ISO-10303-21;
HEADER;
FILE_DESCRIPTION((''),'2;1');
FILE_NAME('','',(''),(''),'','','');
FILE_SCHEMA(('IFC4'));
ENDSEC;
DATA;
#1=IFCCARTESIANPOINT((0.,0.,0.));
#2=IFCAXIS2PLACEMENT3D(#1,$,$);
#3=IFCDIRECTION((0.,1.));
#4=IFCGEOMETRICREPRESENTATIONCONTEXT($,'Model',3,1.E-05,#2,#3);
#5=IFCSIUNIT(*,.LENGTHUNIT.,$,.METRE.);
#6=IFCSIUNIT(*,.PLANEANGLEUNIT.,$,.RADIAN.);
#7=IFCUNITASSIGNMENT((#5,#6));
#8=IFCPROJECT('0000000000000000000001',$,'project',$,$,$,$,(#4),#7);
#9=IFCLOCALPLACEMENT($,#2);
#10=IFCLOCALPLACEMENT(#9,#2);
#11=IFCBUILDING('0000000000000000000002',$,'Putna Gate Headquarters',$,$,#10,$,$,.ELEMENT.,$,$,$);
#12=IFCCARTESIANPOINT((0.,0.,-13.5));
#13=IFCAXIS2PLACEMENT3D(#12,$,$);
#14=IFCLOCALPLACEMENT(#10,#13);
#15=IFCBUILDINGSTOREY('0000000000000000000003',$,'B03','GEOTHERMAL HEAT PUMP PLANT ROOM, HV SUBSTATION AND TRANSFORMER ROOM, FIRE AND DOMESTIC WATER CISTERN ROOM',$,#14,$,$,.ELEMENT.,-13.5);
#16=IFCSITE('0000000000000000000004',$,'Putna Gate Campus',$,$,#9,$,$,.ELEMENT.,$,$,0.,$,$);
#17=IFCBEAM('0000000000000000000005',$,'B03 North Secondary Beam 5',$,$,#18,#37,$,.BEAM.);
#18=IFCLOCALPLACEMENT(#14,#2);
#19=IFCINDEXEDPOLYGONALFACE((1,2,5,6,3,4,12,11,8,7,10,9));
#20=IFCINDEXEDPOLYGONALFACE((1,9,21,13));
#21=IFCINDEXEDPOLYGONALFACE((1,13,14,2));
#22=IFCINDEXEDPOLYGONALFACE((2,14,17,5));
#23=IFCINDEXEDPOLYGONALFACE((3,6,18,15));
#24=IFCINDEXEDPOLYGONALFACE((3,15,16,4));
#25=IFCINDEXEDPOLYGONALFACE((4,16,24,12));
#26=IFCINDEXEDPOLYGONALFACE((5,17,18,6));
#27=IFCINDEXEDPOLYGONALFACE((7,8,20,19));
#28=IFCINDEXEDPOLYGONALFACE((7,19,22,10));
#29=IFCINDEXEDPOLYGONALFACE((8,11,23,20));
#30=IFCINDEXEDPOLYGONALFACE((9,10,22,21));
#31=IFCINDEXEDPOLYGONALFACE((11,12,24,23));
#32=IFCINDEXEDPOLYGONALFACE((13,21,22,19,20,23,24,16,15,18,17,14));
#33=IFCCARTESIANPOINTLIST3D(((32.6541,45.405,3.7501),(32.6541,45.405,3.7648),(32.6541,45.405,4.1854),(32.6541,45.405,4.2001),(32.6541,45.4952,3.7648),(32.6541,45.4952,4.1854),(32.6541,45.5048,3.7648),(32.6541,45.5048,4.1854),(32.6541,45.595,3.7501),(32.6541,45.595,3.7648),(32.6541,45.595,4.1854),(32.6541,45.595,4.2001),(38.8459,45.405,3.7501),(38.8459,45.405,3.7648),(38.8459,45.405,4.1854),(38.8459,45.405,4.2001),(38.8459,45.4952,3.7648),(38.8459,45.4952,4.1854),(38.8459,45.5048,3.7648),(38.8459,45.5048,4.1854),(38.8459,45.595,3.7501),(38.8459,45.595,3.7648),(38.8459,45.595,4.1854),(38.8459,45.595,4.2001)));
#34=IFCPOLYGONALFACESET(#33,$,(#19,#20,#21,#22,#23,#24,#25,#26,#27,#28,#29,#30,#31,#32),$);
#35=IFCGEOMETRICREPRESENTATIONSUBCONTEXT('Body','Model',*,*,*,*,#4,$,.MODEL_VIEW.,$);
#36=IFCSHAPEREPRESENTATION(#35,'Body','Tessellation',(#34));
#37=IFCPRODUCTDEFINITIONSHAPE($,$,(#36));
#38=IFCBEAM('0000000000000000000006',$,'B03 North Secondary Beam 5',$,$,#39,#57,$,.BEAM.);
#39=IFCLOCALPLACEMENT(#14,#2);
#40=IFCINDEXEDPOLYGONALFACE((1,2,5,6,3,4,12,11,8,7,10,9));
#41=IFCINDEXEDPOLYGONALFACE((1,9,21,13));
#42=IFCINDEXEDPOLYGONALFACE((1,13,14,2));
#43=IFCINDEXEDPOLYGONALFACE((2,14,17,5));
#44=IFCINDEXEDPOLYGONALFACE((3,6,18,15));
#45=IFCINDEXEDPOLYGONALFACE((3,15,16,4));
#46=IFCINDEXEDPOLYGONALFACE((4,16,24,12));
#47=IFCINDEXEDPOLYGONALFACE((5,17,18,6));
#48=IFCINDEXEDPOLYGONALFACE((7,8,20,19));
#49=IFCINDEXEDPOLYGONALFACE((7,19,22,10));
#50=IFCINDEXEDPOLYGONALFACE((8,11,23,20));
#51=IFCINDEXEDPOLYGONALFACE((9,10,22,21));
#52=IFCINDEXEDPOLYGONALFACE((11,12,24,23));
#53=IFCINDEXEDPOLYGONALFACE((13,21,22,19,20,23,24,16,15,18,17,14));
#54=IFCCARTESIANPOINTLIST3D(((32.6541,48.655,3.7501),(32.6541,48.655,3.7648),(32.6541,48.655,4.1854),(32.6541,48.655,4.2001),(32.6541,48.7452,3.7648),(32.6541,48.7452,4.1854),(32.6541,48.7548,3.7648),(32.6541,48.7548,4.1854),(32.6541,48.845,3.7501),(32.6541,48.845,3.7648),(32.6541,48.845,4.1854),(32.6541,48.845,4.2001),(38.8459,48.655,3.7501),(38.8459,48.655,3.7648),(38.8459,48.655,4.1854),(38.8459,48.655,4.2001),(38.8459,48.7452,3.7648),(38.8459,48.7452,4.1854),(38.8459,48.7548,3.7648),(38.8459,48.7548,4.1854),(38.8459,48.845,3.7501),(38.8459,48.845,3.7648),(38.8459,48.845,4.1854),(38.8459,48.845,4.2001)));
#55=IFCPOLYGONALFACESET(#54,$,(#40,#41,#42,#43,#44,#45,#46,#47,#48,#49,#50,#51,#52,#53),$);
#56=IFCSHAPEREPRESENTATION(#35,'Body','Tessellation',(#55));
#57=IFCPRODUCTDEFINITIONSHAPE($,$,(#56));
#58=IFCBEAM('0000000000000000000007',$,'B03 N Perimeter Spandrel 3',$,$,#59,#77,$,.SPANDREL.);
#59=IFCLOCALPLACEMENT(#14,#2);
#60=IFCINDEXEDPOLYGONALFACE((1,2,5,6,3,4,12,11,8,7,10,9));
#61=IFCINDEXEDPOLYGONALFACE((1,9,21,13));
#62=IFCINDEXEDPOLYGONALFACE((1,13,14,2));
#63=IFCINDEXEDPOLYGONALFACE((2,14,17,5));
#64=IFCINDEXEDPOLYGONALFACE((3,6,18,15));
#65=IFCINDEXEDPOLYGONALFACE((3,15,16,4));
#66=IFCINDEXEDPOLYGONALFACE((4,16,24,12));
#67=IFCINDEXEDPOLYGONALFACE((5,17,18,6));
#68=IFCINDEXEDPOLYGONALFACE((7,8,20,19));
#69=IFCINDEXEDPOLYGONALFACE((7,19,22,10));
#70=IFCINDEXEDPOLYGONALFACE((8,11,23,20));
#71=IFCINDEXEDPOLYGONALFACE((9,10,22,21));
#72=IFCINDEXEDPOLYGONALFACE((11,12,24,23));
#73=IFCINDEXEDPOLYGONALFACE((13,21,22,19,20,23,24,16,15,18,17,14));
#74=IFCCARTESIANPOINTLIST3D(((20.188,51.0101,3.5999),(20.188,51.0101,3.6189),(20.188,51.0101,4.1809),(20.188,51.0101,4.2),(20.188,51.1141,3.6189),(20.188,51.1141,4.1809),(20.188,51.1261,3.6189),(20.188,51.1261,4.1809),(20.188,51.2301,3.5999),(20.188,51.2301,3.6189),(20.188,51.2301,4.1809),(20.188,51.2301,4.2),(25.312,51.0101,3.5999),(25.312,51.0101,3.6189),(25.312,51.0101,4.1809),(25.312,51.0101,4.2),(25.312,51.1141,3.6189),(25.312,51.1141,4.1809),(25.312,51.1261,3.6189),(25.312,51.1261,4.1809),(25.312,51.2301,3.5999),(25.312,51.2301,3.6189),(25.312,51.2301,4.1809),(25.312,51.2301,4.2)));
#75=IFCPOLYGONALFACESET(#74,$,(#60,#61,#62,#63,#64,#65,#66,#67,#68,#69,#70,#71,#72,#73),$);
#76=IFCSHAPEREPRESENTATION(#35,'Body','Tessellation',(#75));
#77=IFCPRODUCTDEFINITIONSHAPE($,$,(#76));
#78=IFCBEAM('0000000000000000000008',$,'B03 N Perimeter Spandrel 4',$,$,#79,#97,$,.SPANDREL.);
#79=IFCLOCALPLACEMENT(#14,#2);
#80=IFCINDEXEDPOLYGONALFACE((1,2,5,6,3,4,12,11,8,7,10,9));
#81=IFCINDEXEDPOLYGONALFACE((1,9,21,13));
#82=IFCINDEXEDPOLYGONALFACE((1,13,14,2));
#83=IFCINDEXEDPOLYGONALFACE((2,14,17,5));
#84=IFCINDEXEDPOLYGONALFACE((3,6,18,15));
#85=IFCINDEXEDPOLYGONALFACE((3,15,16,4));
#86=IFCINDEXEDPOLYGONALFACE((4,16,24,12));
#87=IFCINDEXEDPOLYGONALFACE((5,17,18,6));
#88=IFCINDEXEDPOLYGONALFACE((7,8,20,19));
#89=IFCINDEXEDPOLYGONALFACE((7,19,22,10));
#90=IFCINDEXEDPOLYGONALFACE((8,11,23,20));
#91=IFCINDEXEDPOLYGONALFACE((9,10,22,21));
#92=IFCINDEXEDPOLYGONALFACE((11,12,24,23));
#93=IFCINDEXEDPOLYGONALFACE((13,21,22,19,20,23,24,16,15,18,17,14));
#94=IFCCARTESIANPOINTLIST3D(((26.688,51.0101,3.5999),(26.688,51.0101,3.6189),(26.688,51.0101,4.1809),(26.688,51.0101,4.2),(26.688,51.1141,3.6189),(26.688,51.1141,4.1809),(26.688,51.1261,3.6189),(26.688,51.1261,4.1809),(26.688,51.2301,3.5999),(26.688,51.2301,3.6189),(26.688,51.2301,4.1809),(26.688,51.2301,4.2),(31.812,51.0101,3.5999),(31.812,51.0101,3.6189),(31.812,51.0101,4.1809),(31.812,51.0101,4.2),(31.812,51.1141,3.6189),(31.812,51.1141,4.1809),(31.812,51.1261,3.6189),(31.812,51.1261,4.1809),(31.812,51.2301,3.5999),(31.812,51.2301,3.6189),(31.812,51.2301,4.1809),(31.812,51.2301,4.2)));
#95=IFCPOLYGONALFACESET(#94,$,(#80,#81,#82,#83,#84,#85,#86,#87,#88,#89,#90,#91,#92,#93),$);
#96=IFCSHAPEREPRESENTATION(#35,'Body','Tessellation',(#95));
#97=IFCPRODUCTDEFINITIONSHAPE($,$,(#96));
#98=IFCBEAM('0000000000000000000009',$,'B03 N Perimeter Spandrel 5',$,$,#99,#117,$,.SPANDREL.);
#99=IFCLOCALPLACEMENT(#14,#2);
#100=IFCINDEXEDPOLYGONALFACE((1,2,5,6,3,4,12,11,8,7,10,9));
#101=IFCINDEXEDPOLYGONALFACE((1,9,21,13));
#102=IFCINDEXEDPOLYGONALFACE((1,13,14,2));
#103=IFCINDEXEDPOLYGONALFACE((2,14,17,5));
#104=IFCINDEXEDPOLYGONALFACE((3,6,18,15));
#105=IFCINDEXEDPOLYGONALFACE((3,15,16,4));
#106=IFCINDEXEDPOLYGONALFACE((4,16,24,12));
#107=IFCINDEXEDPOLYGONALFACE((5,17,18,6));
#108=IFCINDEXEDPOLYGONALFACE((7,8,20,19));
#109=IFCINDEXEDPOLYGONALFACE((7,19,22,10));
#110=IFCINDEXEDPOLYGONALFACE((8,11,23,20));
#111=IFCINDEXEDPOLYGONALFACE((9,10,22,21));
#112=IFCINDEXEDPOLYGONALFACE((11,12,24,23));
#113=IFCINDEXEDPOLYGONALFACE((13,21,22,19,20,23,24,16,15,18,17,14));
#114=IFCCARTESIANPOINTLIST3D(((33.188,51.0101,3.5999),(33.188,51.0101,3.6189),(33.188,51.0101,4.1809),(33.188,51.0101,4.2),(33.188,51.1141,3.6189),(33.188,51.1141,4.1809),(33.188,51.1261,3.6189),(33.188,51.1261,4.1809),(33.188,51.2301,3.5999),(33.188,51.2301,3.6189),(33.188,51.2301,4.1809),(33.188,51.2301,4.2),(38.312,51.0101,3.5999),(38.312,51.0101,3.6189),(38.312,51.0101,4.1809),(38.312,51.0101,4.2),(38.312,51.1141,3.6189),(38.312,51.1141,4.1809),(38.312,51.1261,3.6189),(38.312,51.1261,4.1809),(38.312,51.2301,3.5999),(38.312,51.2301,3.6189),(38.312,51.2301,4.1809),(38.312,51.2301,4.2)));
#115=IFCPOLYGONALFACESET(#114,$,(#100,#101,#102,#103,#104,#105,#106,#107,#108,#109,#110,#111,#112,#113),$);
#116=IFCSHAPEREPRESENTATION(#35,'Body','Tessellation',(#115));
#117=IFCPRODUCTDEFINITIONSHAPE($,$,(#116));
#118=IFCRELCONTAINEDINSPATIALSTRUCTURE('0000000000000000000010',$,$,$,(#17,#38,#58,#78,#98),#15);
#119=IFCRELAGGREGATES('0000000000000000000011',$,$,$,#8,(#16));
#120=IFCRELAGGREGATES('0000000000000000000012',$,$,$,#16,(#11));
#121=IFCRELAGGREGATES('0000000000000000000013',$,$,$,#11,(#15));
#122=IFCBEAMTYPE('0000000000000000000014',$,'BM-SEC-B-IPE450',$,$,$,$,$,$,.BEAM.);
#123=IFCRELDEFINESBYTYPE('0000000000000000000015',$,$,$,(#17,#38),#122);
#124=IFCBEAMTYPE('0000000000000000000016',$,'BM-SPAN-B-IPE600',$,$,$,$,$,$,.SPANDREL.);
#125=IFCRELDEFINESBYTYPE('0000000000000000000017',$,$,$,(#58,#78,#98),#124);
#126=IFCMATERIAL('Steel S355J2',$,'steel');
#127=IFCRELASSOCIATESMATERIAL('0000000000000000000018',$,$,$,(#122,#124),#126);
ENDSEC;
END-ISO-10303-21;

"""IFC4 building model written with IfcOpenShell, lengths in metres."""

from ifc_helpers import new_model, si_unit, direction, frame, origin, origin_2d, place, context, subcontext, project, spatial, i_section, extrude, material, material_profile, profile_set, type_object, element, save


model = new_model("IFC4")

# Units and contexts
model_context = context("Model", 3, precision=1e-05, world=origin(), true_north=direction((0.0, 1.0)))
body_context = subcontext(model_context, "Body", "Model", "MODEL_VIEW")
ifc_project = project(units=[si_unit("LENGTHUNIT", "METRE"), si_unit("PLANEANGLEUNIT", "RADIAN")], contexts=[model_context])

# Site, building, storey
site_placement = place(None, origin())
site = spatial("IfcSite", under=ifc_project, at=site_placement, Name="Putna Gate Campus", CompositionType="ELEMENT", RefElevation=0.0)
building_placement = place(site_placement, origin())
building = spatial("IfcBuilding", under=site, at=building_placement, Name="Putna Gate Headquarters", CompositionType="ELEMENT")
storey_placement = place(building_placement, frame((0.0, 0.0, -13.5)))
storey = spatial("IfcBuildingStorey", under=building, at=storey_placement, Name="B03", Description="GEOTHERMAL HEAT PUMP PLANT ROOM, HV SUBSTATION AND TRANSFORMER ROOM, FIRE AND DOMESTIC WATER CISTERN ROOM", CompositionType="ELEMENT", Elevation=-13.5)

# Beams
ifc_material_1 = material(Name="Steel S355J2", Category="steel")
ifc_material_profile_1 = material_profile(ifc_material_1, i_section(OverallWidth=0.1899, OverallDepth=0.45, WebThickness=0.0095, FlangeThickness=0.0146, at=origin_2d()), Name="Steel S355J2")
ifc_profile_set_1 = profile_set([ifc_material_profile_1], Name="Steel S355J2")
beam_type_1 = type_object("IfcBeamType", Name="BM-SEC-B-IPE450", PredefinedType="BEAM", material=ifc_profile_set_1)
for number, where, z_axis, x_axis, name in (
    (1, (32.6541, 45.5, 3.9751), (1.0, 0.0, 0.0), (0.0, 1.0, 0.0), "B03 North Secondary Beam 5"),
    (2, (32.6541, 48.75, 3.9751), (1.0, 0.0, 0.0), (0.0, 1.0, 0.0), "B03 North Secondary Beam 5"),
):
    element("IfcBeam", number, at=place(storey_placement, frame(where, z_axis=z_axis, x_axis=x_axis)), inside=storey, type_object=beam_type_1, Name=name, PredefinedType="BEAM", context=body_context, shape_type="SweptSolid", body=[
        extrude(i_section(OverallWidth=0.1899, OverallDepth=0.45, WebThickness=0.0095, FlangeThickness=0.0146, at=origin_2d()), origin(), (0.0, 0.0, 1.0), 6.1919),
    ])
ifc_material_profile_2 = material_profile(ifc_material_1, i_section(OverallWidth=0.22, OverallDepth=0.6001, WebThickness=0.012, FlangeThickness=0.019, at=origin_2d()), Name="Steel S355J2")
ifc_profile_set_2 = profile_set([ifc_material_profile_2], Name="Steel S355J2")
beam_type_2 = type_object("IfcBeamType", Name="BM-SPAN-B-IPE600", PredefinedType="SPANDREL", material=ifc_profile_set_2)
for number, where, z_axis, x_axis, name in (
    (3, (20.188, 51.1201, 3.8999), (1.0, 0.0, 0.0), (0.0, 1.0, 0.0), "B03 N Perimeter Spandrel 3"),
    (4, (26.688, 51.1201, 3.8999), (1.0, 0.0, 0.0), (0.0, 1.0, 0.0), "B03 N Perimeter Spandrel 4"),
    (5, (33.188, 51.1201, 3.8999), (1.0, 0.0, 0.0), (0.0, 1.0, 0.0), "B03 N Perimeter Spandrel 5"),
):
    element("IfcBeam", number, at=place(storey_placement, frame(where, z_axis=z_axis, x_axis=x_axis)), inside=storey, type_object=beam_type_2, Name=name, PredefinedType="SPANDREL", context=body_context, shape_type="SweptSolid", body=[
        extrude(i_section(OverallWidth=0.22, OverallDepth=0.6001, WebThickness=0.012, FlangeThickness=0.019, at=origin_2d()), origin(), (0.0, 0.0, 1.0), 5.124),
    ])

save(model, "model.ifc")
